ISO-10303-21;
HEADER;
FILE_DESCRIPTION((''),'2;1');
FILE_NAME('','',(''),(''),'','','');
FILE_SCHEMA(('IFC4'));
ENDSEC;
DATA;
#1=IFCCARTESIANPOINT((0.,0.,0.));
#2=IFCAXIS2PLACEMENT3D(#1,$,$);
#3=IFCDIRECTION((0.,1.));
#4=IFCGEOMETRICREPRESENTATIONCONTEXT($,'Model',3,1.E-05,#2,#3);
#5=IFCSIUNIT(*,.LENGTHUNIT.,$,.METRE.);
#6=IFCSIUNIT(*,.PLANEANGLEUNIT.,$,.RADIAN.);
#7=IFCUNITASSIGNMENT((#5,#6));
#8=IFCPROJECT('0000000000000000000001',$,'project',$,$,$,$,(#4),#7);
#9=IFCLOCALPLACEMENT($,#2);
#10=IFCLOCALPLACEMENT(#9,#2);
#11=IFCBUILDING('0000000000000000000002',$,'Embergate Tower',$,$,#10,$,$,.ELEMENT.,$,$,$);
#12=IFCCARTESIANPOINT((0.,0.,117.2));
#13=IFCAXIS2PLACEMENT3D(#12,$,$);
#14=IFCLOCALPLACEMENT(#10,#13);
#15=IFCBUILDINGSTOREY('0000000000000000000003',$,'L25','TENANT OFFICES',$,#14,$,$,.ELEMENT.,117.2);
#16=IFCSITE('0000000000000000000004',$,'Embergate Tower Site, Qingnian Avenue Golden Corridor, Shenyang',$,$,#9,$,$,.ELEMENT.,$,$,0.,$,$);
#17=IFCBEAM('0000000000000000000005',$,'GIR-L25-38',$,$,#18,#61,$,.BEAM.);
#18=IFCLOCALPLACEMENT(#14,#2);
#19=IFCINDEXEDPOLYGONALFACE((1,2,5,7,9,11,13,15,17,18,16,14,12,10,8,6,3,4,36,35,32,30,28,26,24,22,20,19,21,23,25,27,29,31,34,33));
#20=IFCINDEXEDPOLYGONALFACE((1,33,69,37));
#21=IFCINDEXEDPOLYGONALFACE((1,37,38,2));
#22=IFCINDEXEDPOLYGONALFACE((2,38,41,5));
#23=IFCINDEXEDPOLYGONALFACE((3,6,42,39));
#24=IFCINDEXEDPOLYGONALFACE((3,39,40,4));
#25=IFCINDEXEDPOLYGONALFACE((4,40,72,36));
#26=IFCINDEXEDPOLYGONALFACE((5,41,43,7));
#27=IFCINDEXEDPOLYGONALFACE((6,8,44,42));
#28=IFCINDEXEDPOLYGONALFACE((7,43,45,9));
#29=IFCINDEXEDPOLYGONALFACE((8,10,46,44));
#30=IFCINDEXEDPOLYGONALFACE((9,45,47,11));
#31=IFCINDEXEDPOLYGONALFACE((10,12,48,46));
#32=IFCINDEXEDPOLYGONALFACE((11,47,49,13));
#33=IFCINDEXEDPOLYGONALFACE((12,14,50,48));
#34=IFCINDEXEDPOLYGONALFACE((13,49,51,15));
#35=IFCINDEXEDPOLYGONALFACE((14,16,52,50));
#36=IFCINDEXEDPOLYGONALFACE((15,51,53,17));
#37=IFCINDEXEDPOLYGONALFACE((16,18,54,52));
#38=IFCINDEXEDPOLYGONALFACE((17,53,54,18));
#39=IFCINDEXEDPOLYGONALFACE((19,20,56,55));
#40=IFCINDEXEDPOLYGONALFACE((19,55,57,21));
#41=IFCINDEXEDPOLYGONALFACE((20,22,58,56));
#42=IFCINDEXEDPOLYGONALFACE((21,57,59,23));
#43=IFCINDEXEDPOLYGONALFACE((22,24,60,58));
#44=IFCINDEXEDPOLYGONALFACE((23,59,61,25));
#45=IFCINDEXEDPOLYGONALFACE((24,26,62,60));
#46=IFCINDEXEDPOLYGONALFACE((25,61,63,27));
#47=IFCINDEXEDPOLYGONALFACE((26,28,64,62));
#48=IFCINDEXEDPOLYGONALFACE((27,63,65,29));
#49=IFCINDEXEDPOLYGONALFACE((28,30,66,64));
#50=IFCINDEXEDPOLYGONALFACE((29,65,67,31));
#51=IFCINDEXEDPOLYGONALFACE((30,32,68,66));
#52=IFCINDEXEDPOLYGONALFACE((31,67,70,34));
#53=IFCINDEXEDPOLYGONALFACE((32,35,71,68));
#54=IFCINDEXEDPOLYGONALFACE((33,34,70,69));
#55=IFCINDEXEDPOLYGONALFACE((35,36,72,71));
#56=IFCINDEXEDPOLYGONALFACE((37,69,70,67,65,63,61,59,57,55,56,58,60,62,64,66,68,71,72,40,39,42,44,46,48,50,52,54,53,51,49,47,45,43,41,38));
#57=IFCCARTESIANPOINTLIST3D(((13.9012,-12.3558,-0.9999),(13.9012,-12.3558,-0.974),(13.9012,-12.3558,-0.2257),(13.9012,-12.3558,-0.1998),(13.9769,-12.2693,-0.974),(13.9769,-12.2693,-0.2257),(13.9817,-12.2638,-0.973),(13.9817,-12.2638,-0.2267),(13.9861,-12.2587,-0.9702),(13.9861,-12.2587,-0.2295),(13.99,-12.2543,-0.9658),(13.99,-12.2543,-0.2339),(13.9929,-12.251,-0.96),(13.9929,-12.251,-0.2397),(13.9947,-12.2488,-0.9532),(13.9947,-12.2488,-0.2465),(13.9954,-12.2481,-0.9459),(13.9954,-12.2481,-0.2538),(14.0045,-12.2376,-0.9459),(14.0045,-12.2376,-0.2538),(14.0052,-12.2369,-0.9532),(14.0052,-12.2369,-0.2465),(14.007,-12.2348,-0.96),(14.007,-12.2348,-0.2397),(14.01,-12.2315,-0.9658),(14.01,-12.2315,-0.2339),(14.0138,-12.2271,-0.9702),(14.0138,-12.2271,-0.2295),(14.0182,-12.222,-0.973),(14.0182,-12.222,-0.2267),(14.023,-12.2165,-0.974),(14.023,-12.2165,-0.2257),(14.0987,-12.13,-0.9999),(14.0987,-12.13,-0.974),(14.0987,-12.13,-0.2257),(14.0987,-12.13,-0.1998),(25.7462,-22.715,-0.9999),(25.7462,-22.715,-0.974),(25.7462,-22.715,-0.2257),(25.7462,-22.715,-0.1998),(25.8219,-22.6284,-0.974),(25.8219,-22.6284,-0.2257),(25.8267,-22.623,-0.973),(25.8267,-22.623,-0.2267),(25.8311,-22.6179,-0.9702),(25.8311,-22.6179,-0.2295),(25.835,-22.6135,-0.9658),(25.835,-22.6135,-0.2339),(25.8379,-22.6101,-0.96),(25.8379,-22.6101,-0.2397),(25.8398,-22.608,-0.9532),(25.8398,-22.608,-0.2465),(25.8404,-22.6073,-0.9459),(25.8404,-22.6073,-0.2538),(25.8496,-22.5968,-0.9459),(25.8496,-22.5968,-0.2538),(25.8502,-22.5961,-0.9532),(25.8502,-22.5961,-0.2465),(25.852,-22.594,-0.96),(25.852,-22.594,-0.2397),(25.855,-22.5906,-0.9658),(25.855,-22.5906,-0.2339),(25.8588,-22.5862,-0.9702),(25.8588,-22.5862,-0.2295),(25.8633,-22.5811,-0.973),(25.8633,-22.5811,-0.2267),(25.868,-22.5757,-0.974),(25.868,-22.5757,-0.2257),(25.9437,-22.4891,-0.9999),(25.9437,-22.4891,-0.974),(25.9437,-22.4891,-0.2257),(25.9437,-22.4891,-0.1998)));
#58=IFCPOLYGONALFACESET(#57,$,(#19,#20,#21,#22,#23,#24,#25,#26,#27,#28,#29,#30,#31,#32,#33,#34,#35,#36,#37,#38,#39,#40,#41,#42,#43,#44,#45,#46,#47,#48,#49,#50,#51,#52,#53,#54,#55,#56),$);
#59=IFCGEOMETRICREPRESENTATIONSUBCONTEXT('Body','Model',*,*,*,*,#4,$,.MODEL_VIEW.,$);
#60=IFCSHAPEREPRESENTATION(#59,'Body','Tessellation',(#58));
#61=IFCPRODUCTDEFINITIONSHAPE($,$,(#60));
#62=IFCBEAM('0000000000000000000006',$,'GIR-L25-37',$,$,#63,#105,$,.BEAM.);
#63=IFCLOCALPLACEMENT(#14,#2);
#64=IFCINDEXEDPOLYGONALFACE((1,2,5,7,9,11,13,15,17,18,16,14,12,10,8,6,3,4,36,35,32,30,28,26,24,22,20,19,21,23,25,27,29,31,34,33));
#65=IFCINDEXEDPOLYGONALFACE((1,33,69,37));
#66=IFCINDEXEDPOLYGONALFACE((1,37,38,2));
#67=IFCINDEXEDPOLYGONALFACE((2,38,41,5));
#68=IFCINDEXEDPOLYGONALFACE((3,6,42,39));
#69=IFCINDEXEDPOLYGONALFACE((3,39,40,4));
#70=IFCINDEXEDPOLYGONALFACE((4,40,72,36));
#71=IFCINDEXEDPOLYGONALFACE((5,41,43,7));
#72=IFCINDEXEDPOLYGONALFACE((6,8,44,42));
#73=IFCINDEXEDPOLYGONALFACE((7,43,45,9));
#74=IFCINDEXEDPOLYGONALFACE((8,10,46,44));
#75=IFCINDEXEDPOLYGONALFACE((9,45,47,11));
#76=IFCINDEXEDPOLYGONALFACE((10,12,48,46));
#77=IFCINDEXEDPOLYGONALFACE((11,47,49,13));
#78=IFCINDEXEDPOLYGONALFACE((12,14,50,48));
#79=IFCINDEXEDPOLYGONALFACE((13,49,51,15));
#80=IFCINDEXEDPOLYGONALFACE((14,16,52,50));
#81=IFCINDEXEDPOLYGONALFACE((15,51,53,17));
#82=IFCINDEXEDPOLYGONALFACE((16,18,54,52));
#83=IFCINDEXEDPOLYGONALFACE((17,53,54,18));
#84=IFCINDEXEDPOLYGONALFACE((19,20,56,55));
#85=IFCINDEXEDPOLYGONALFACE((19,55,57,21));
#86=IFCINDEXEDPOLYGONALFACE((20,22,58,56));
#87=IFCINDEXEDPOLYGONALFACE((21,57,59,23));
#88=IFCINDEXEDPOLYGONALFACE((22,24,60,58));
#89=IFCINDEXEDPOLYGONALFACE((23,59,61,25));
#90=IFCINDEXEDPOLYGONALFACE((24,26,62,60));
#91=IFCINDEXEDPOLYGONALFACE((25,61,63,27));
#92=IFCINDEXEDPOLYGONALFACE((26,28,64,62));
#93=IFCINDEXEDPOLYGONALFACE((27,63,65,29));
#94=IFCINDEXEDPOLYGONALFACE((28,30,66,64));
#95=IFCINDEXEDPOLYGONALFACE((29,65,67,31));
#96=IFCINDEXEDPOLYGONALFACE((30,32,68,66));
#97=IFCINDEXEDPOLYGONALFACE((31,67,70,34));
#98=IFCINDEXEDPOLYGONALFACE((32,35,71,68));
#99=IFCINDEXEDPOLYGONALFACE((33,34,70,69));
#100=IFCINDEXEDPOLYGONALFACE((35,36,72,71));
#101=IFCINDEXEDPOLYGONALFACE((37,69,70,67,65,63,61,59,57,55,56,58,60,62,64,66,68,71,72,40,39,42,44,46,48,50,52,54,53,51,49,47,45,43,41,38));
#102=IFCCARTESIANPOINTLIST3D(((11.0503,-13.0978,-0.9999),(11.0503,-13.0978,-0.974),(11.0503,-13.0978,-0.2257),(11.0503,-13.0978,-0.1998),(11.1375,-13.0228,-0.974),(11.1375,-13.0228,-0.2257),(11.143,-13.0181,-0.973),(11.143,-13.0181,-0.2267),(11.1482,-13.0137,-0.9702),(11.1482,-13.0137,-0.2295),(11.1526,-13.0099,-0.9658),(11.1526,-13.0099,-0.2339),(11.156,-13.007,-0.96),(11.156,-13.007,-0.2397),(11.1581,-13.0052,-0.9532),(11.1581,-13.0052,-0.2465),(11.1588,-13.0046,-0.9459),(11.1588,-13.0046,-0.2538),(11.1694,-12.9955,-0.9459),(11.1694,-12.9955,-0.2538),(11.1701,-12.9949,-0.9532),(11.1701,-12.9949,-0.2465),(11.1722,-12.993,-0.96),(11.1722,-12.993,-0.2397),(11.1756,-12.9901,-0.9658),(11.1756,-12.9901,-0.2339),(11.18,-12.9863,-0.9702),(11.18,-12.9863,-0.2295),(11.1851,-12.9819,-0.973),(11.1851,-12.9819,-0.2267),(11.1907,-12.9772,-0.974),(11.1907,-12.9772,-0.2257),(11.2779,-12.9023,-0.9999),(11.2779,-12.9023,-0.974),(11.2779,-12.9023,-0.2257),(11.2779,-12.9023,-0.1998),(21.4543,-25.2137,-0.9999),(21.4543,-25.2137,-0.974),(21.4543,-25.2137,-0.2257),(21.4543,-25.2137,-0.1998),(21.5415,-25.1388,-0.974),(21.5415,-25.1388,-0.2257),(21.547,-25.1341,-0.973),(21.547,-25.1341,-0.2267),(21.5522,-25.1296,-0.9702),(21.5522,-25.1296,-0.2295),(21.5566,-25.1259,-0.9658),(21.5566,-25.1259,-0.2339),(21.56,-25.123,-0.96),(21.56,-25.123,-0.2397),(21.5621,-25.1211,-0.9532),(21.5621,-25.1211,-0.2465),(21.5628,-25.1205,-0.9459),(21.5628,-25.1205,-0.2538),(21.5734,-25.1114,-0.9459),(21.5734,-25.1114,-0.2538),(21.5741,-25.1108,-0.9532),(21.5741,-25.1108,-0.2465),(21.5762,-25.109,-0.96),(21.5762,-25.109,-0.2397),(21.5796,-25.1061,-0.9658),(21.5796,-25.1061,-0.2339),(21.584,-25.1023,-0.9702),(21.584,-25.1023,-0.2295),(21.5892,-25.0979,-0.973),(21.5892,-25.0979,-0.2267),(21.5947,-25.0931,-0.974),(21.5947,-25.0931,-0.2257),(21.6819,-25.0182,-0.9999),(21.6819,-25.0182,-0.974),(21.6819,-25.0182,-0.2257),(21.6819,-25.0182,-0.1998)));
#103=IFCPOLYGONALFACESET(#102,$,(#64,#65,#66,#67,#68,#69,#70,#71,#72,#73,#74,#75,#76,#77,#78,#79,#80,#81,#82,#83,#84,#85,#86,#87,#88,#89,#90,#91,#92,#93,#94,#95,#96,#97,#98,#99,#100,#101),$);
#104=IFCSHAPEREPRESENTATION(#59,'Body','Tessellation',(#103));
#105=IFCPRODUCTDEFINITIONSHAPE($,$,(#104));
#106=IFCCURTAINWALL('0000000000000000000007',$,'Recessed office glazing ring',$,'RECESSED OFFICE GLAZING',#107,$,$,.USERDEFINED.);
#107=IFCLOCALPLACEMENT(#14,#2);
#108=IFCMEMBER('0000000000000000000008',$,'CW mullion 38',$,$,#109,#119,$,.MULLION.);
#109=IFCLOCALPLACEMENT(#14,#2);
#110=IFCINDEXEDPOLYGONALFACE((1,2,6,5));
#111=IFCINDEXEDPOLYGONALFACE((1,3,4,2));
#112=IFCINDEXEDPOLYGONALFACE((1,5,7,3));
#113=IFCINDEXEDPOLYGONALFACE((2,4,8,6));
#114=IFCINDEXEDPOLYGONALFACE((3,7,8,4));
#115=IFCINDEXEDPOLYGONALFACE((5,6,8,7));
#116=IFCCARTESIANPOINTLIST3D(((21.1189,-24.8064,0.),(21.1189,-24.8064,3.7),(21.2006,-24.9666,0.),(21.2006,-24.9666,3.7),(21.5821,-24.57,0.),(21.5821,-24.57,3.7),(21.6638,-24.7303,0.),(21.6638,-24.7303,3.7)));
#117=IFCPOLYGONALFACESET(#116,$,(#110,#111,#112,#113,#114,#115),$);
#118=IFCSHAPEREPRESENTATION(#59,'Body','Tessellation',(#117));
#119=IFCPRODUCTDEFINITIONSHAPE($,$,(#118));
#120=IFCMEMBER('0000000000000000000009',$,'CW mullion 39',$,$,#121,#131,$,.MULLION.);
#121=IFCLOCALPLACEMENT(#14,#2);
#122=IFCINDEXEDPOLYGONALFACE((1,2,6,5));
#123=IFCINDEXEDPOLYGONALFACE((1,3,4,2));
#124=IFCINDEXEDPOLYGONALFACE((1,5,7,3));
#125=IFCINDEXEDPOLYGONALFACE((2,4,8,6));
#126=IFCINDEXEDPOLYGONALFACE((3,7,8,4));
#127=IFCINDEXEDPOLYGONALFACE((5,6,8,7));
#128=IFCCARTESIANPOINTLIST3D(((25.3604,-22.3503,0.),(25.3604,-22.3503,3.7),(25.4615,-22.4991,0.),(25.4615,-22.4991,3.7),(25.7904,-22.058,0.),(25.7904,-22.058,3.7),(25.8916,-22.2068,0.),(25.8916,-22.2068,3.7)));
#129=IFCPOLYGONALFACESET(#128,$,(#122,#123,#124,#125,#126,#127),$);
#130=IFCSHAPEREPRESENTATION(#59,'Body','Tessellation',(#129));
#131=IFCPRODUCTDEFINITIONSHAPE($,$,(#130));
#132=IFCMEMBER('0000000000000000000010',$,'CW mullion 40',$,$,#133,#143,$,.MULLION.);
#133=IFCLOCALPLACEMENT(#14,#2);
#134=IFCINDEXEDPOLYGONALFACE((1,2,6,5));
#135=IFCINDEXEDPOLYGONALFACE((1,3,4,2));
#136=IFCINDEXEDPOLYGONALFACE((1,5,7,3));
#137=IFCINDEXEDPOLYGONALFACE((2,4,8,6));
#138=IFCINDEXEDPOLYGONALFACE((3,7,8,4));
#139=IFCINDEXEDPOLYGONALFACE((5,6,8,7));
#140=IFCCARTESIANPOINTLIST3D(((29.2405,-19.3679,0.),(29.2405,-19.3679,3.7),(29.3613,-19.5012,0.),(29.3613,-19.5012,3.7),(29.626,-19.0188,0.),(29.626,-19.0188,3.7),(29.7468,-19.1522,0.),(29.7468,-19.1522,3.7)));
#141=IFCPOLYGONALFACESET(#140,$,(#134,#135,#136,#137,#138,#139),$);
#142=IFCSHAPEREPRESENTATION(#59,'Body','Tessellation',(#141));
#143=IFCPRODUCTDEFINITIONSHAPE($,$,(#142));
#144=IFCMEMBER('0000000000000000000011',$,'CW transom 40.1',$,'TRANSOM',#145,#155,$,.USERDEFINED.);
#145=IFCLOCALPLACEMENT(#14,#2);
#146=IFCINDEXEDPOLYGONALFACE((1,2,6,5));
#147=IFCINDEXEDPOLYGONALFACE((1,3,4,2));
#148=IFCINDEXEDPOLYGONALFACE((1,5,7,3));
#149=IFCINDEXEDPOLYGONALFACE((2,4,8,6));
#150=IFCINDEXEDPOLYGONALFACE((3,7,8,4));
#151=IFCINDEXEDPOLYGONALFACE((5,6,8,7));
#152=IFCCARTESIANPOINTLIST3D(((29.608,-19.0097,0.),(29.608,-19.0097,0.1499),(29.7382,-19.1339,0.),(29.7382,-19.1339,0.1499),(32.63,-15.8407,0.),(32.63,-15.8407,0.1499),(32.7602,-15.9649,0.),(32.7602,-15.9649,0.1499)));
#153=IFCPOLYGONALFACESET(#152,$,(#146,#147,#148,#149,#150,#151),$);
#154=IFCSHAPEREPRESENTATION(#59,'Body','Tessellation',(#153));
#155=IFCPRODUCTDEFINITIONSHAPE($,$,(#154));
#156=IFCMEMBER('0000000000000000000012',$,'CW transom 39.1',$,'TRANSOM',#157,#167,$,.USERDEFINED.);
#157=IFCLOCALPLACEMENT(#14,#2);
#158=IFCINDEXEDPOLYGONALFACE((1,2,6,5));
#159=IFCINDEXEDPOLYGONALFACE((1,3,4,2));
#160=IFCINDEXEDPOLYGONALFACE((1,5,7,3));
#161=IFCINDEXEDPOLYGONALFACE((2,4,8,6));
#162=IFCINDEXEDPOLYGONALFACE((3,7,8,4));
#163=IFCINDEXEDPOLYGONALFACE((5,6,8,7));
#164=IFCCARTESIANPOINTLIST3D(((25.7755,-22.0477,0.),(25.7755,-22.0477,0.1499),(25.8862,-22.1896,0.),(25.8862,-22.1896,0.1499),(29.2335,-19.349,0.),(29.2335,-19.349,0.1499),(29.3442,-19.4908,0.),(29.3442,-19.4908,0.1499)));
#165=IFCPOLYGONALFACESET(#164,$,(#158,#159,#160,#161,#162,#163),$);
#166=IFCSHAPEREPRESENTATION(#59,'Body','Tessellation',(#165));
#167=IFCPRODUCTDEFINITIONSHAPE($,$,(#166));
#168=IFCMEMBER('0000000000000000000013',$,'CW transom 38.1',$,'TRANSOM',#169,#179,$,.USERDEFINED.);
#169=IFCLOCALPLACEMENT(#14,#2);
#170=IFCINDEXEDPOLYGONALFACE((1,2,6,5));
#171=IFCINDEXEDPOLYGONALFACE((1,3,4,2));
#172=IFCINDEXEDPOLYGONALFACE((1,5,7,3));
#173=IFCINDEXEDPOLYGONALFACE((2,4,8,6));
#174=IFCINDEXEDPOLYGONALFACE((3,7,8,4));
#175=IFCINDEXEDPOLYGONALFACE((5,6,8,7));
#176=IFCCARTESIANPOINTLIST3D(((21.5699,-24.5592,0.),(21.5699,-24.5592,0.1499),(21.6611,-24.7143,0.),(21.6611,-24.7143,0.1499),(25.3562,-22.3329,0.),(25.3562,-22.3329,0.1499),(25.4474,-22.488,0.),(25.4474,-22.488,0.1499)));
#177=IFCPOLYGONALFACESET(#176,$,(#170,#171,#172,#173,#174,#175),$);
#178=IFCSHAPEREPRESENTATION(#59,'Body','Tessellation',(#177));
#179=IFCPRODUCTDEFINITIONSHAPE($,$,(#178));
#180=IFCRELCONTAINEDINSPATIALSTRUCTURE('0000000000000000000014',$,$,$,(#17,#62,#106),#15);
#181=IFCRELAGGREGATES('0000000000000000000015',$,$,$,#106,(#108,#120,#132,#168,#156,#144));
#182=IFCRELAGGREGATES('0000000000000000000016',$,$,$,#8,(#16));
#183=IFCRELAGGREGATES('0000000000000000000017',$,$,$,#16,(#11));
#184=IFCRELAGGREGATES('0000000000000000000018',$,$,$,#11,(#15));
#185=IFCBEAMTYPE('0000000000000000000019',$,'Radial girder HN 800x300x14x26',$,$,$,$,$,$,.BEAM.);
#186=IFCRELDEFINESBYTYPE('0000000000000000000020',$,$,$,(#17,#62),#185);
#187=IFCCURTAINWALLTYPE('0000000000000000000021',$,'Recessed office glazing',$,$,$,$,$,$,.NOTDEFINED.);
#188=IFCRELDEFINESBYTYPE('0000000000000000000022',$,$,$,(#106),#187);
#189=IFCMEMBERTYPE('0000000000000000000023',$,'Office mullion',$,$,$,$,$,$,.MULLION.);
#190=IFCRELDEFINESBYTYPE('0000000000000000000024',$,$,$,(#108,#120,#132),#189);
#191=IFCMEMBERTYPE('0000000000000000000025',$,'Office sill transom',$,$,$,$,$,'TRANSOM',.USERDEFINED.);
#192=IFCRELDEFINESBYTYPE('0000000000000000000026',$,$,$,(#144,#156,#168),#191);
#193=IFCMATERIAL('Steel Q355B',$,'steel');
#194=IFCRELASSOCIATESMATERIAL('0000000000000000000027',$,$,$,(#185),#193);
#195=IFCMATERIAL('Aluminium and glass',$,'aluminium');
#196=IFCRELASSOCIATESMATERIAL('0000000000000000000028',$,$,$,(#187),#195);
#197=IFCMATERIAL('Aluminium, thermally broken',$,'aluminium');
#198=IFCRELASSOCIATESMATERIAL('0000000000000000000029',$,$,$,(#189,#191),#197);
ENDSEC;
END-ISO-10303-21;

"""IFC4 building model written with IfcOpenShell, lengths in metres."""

from ifc_helpers import new_model, si_unit, direction, frame, origin, origin_2d, place, context, subcontext, project, spatial, rectangle, i_section, extrude, source, transform, mapped, material, material_profile, profile_set, type_object, element, aggregate, save


model = new_model("IFC4")

# Units and contexts
model_context = context("Model", 3, precision=1e-05, world=origin(), true_north=direction((0.0, 1.0)))
body_context = subcontext(model_context, "Body", "Model", "MODEL_VIEW")
ifc_project = project(units=[si_unit("LENGTHUNIT", "METRE"), si_unit("PLANEANGLEUNIT", "RADIAN")], contexts=[model_context])

# Site, building, storey
site_placement = place(None, origin())
site = spatial("IfcSite", under=ifc_project, at=site_placement, Name="Embergate Tower Site, Qingnian Avenue Golden Corridor, Shenyang", CompositionType="ELEMENT", RefElevation=0.0)
building_placement = place(site_placement, origin())
building = spatial("IfcBuilding", under=site, at=building_placement, Name="Embergate Tower", CompositionType="ELEMENT")
storey_placement = place(building_placement, frame((0.0, 0.0, 117.2)))
storey = spatial("IfcBuildingStorey", under=building, at=storey_placement, Name="L25", Description="TENANT OFFICES", CompositionType="ELEMENT", Elevation=117.2)

# Beams
ifc_material_1 = material(Name="Steel Q355B", Category="steel")
ifc_material_profile_1 = material_profile(ifc_material_1, i_section(OverallWidth=0.3, OverallDepth=0.8, WebThickness=0.0139, FlangeThickness=0.0259, FilletRadius=0.0281, at=origin_2d()), Name="HN 800x300x14x26")
ifc_profile_set_1 = profile_set([ifc_material_profile_1], Name="Steel Q355 grade B")
beam_type_1 = type_object("IfcBeamType", Name="Radial girder HN 800x300x14x26", PredefinedType="BEAM", material=ifc_profile_set_1)
shared_shape_1 = source(origin(), body_context, "Body", "SweptSolid", [
    extrude(i_section(OverallWidth=0.3, OverallDepth=0.8, WebThickness=0.0139, FlangeThickness=0.0259, FilletRadius=0.0281, at=origin_2d()), origin(), (0.0, 0.0, 1.0), 15.7358),
])
beam_1_placement = place(storey_placement, frame((25.845, -22.6021, -0.5999), z_axis=(-0.752741, 0.658317, 0.0), x_axis=(-0.658317, -0.752741, 0.0)))
element("IfcBeam", 1, at=beam_1_placement, inside=storey, type_object=beam_type_1, Name="GIR-L25-38", PredefinedType="BEAM", context=body_context, shape_type="MappedRepresentation", body=[
    mapped(shared_shape_1, transform((0.0, 0.0, 0.0))),
])
shared_shape_2 = source(origin(), body_context, "Body", "SweptSolid", [
    extrude(i_section(OverallWidth=0.3, OverallDepth=0.8, WebThickness=0.0139, FlangeThickness=0.0259, FilletRadius=0.0281, at=origin_2d()), origin(), (0.0, 0.0, 1.0), 15.97),
])
beam_2_placement = place(storey_placement, frame((21.5681, -25.116, -0.5999), z_axis=(-0.651475, 0.75867, 0.0), x_axis=(-0.75867, -0.651475, 0.0)))
element("IfcBeam", 2, at=beam_2_placement, inside=storey, type_object=beam_type_1, Name="GIR-L25-37", PredefinedType="BEAM", context=body_context, shape_type="MappedRepresentation", body=[
    mapped(shared_shape_2, transform((0.0, 0.0, 0.0))),
])

# Curtain wall, members
ifc_material_2 = material(Name="Aluminium and glass", Category="aluminium")
curtain_wall_type = type_object("IfcCurtainWallType", Name="Recessed office glazing", PredefinedType="NOTDEFINED", material=ifc_material_2)
curtain_wall_placement = place(storey_placement, origin())
curtain_wall = element("IfcCurtainWall", 3, at=curtain_wall_placement, inside=storey, type_object=curtain_wall_type, Name="Recessed office glazing ring", ObjectType="RECESSED OFFICE GLAZING", PredefinedType="USERDEFINED")
ifc_material_3 = material(Name="Aluminium, thermally broken", Category="aluminium")
ifc_material_profile_2 = material_profile(ifc_material_3, rectangle(XDim=0.1799, YDim=0.52, at=origin_2d()), Name="AL 520x180")
ifc_profile_set_2 = profile_set([ifc_material_profile_2], Name="Aluminium, thermally broken")
member_type_1 = type_object("IfcMemberType", Name="Office mullion", PredefinedType="MULLION", material=ifc_profile_set_2)
shared_shape_3 = source(origin(), body_context, "Body", "SweptSolid", [
    extrude(rectangle(XDim=0.1799, YDim=0.52, at=origin_2d()), origin(), (0.0, 0.0, 1.0), 3.7),
])
member_1_placement = place(storey_placement, frame((21.3914, -24.7683, 0.0), z_axis=(0.0, 0.0, 1.0), x_axis=(-0.454516, 0.890739, 0.0)))
member_1 = element("IfcMember", 4, at=member_1_placement, type_object=member_type_1, Name="CW mullion 38", PredefinedType="MULLION", context=body_context, shape_type="MappedRepresentation", body=[
    mapped(shared_shape_3, transform((0.0, 0.0, 0.0))),
])
member_2_placement = place(storey_placement, frame((25.626, -22.2786, 0.0), z_axis=(0.0, 0.0, 1.0), x_axis=(-0.562223, 0.826985, 0.0)))
member_2 = element("IfcMember", 5, at=member_2_placement, type_object=member_type_1, Name="CW mullion 39", PredefinedType="MULLION", context=body_context, shape_type="MappedRepresentation", body=[
    mapped(shared_shape_3, transform((0.0, 0.0, 0.0))),
])
member_3_placement = place(storey_placement, frame((29.4937, -19.26, 0.0), z_axis=(0.0, 0.0, 1.0), x_axis=(-0.671233, 0.741246, 0.0)))
member_3 = element("IfcMember", 6, at=member_3_placement, type_object=member_type_1, Name="CW mullion 40", PredefinedType="MULLION", context=body_context, shape_type="MappedRepresentation", body=[
    mapped(shared_shape_3, transform((0.0, 0.0, 0.0))),
])
ifc_material_profile_3 = material_profile(ifc_material_3, rectangle(XDim=0.1799, YDim=0.1499, at=origin_2d()), Name="AL 150x180")
ifc_profile_set_3 = profile_set([ifc_material_profile_3], Name="Aluminium, thermally broken")
member_type_2 = type_object("IfcMemberType", Name="Office sill transom", ElementType="TRANSOM", PredefinedType="USERDEFINED", material=ifc_profile_set_3)
shared_shape_4 = source(origin(), body_context, "Body", "SweptSolid", [
    extrude(rectangle(XDim=0.1799, YDim=0.1499, at=origin_2d()), origin(), (0.0, 0.0, 1.0), 4.3789),
])
member_4_placement = place(storey_placement, frame((29.6731, -19.0718, 0.075), z_axis=(0.690126, 0.72369, 0.0), x_axis=(-0.72369, 0.690126, 0.0)))
member_4 = element("IfcMember", 7, at=member_4_placement, type_object=member_type_2, Name="CW transom 40.1", ObjectType="TRANSOM", PredefinedType="USERDEFINED", context=body_context, shape_type="MappedRepresentation", body=[
    mapped(shared_shape_4, transform((0.0, 0.0, 0.0))),
])
shared_shape_5 = source(origin(), body_context, "Body", "SweptSolid", [
    extrude(rectangle(XDim=0.1799, YDim=0.1499, at=origin_2d()), origin(), (0.0, 0.0, 1.0), 4.3865),
])
member_5_placement = place(storey_placement, frame((25.8308, -22.1187, 0.075), z_axis=(0.788338, 0.615242, 0.0), x_axis=(-0.615242, 0.788338, 0.0)))
member_5 = element("IfcMember", 8, at=member_5_placement, type_object=member_type_2, Name="CW transom 39.1", ObjectType="TRANSOM", PredefinedType="USERDEFINED", context=body_context, shape_type="MappedRepresentation", body=[
    mapped(shared_shape_5, transform((0.0, 0.0, 0.0))),
])
shared_shape_6 = source(origin(), body_context, "Body", "SweptSolid", [
    extrude(rectangle(XDim=0.1799, YDim=0.1499, at=origin_2d()), origin(), (0.0, 0.0, 1.0), 4.3923),
])
member_6_placement = place(storey_placement, frame((21.6155, -24.6367, 0.075), z_axis=(0.86203, 0.506857, 0.0), x_axis=(-0.506857, 0.86203, 0.0)))
member_6 = element("IfcMember", 9, at=member_6_placement, type_object=member_type_2, Name="CW transom 38.1", ObjectType="TRANSOM", PredefinedType="USERDEFINED", context=body_context, shape_type="MappedRepresentation", body=[
    mapped(shared_shape_6, transform((0.0, 0.0, 0.0))),
])
aggregate(curtain_wall, [member_1, member_2, member_3, member_6, member_5, member_4])

save(model, "model.ifc")
